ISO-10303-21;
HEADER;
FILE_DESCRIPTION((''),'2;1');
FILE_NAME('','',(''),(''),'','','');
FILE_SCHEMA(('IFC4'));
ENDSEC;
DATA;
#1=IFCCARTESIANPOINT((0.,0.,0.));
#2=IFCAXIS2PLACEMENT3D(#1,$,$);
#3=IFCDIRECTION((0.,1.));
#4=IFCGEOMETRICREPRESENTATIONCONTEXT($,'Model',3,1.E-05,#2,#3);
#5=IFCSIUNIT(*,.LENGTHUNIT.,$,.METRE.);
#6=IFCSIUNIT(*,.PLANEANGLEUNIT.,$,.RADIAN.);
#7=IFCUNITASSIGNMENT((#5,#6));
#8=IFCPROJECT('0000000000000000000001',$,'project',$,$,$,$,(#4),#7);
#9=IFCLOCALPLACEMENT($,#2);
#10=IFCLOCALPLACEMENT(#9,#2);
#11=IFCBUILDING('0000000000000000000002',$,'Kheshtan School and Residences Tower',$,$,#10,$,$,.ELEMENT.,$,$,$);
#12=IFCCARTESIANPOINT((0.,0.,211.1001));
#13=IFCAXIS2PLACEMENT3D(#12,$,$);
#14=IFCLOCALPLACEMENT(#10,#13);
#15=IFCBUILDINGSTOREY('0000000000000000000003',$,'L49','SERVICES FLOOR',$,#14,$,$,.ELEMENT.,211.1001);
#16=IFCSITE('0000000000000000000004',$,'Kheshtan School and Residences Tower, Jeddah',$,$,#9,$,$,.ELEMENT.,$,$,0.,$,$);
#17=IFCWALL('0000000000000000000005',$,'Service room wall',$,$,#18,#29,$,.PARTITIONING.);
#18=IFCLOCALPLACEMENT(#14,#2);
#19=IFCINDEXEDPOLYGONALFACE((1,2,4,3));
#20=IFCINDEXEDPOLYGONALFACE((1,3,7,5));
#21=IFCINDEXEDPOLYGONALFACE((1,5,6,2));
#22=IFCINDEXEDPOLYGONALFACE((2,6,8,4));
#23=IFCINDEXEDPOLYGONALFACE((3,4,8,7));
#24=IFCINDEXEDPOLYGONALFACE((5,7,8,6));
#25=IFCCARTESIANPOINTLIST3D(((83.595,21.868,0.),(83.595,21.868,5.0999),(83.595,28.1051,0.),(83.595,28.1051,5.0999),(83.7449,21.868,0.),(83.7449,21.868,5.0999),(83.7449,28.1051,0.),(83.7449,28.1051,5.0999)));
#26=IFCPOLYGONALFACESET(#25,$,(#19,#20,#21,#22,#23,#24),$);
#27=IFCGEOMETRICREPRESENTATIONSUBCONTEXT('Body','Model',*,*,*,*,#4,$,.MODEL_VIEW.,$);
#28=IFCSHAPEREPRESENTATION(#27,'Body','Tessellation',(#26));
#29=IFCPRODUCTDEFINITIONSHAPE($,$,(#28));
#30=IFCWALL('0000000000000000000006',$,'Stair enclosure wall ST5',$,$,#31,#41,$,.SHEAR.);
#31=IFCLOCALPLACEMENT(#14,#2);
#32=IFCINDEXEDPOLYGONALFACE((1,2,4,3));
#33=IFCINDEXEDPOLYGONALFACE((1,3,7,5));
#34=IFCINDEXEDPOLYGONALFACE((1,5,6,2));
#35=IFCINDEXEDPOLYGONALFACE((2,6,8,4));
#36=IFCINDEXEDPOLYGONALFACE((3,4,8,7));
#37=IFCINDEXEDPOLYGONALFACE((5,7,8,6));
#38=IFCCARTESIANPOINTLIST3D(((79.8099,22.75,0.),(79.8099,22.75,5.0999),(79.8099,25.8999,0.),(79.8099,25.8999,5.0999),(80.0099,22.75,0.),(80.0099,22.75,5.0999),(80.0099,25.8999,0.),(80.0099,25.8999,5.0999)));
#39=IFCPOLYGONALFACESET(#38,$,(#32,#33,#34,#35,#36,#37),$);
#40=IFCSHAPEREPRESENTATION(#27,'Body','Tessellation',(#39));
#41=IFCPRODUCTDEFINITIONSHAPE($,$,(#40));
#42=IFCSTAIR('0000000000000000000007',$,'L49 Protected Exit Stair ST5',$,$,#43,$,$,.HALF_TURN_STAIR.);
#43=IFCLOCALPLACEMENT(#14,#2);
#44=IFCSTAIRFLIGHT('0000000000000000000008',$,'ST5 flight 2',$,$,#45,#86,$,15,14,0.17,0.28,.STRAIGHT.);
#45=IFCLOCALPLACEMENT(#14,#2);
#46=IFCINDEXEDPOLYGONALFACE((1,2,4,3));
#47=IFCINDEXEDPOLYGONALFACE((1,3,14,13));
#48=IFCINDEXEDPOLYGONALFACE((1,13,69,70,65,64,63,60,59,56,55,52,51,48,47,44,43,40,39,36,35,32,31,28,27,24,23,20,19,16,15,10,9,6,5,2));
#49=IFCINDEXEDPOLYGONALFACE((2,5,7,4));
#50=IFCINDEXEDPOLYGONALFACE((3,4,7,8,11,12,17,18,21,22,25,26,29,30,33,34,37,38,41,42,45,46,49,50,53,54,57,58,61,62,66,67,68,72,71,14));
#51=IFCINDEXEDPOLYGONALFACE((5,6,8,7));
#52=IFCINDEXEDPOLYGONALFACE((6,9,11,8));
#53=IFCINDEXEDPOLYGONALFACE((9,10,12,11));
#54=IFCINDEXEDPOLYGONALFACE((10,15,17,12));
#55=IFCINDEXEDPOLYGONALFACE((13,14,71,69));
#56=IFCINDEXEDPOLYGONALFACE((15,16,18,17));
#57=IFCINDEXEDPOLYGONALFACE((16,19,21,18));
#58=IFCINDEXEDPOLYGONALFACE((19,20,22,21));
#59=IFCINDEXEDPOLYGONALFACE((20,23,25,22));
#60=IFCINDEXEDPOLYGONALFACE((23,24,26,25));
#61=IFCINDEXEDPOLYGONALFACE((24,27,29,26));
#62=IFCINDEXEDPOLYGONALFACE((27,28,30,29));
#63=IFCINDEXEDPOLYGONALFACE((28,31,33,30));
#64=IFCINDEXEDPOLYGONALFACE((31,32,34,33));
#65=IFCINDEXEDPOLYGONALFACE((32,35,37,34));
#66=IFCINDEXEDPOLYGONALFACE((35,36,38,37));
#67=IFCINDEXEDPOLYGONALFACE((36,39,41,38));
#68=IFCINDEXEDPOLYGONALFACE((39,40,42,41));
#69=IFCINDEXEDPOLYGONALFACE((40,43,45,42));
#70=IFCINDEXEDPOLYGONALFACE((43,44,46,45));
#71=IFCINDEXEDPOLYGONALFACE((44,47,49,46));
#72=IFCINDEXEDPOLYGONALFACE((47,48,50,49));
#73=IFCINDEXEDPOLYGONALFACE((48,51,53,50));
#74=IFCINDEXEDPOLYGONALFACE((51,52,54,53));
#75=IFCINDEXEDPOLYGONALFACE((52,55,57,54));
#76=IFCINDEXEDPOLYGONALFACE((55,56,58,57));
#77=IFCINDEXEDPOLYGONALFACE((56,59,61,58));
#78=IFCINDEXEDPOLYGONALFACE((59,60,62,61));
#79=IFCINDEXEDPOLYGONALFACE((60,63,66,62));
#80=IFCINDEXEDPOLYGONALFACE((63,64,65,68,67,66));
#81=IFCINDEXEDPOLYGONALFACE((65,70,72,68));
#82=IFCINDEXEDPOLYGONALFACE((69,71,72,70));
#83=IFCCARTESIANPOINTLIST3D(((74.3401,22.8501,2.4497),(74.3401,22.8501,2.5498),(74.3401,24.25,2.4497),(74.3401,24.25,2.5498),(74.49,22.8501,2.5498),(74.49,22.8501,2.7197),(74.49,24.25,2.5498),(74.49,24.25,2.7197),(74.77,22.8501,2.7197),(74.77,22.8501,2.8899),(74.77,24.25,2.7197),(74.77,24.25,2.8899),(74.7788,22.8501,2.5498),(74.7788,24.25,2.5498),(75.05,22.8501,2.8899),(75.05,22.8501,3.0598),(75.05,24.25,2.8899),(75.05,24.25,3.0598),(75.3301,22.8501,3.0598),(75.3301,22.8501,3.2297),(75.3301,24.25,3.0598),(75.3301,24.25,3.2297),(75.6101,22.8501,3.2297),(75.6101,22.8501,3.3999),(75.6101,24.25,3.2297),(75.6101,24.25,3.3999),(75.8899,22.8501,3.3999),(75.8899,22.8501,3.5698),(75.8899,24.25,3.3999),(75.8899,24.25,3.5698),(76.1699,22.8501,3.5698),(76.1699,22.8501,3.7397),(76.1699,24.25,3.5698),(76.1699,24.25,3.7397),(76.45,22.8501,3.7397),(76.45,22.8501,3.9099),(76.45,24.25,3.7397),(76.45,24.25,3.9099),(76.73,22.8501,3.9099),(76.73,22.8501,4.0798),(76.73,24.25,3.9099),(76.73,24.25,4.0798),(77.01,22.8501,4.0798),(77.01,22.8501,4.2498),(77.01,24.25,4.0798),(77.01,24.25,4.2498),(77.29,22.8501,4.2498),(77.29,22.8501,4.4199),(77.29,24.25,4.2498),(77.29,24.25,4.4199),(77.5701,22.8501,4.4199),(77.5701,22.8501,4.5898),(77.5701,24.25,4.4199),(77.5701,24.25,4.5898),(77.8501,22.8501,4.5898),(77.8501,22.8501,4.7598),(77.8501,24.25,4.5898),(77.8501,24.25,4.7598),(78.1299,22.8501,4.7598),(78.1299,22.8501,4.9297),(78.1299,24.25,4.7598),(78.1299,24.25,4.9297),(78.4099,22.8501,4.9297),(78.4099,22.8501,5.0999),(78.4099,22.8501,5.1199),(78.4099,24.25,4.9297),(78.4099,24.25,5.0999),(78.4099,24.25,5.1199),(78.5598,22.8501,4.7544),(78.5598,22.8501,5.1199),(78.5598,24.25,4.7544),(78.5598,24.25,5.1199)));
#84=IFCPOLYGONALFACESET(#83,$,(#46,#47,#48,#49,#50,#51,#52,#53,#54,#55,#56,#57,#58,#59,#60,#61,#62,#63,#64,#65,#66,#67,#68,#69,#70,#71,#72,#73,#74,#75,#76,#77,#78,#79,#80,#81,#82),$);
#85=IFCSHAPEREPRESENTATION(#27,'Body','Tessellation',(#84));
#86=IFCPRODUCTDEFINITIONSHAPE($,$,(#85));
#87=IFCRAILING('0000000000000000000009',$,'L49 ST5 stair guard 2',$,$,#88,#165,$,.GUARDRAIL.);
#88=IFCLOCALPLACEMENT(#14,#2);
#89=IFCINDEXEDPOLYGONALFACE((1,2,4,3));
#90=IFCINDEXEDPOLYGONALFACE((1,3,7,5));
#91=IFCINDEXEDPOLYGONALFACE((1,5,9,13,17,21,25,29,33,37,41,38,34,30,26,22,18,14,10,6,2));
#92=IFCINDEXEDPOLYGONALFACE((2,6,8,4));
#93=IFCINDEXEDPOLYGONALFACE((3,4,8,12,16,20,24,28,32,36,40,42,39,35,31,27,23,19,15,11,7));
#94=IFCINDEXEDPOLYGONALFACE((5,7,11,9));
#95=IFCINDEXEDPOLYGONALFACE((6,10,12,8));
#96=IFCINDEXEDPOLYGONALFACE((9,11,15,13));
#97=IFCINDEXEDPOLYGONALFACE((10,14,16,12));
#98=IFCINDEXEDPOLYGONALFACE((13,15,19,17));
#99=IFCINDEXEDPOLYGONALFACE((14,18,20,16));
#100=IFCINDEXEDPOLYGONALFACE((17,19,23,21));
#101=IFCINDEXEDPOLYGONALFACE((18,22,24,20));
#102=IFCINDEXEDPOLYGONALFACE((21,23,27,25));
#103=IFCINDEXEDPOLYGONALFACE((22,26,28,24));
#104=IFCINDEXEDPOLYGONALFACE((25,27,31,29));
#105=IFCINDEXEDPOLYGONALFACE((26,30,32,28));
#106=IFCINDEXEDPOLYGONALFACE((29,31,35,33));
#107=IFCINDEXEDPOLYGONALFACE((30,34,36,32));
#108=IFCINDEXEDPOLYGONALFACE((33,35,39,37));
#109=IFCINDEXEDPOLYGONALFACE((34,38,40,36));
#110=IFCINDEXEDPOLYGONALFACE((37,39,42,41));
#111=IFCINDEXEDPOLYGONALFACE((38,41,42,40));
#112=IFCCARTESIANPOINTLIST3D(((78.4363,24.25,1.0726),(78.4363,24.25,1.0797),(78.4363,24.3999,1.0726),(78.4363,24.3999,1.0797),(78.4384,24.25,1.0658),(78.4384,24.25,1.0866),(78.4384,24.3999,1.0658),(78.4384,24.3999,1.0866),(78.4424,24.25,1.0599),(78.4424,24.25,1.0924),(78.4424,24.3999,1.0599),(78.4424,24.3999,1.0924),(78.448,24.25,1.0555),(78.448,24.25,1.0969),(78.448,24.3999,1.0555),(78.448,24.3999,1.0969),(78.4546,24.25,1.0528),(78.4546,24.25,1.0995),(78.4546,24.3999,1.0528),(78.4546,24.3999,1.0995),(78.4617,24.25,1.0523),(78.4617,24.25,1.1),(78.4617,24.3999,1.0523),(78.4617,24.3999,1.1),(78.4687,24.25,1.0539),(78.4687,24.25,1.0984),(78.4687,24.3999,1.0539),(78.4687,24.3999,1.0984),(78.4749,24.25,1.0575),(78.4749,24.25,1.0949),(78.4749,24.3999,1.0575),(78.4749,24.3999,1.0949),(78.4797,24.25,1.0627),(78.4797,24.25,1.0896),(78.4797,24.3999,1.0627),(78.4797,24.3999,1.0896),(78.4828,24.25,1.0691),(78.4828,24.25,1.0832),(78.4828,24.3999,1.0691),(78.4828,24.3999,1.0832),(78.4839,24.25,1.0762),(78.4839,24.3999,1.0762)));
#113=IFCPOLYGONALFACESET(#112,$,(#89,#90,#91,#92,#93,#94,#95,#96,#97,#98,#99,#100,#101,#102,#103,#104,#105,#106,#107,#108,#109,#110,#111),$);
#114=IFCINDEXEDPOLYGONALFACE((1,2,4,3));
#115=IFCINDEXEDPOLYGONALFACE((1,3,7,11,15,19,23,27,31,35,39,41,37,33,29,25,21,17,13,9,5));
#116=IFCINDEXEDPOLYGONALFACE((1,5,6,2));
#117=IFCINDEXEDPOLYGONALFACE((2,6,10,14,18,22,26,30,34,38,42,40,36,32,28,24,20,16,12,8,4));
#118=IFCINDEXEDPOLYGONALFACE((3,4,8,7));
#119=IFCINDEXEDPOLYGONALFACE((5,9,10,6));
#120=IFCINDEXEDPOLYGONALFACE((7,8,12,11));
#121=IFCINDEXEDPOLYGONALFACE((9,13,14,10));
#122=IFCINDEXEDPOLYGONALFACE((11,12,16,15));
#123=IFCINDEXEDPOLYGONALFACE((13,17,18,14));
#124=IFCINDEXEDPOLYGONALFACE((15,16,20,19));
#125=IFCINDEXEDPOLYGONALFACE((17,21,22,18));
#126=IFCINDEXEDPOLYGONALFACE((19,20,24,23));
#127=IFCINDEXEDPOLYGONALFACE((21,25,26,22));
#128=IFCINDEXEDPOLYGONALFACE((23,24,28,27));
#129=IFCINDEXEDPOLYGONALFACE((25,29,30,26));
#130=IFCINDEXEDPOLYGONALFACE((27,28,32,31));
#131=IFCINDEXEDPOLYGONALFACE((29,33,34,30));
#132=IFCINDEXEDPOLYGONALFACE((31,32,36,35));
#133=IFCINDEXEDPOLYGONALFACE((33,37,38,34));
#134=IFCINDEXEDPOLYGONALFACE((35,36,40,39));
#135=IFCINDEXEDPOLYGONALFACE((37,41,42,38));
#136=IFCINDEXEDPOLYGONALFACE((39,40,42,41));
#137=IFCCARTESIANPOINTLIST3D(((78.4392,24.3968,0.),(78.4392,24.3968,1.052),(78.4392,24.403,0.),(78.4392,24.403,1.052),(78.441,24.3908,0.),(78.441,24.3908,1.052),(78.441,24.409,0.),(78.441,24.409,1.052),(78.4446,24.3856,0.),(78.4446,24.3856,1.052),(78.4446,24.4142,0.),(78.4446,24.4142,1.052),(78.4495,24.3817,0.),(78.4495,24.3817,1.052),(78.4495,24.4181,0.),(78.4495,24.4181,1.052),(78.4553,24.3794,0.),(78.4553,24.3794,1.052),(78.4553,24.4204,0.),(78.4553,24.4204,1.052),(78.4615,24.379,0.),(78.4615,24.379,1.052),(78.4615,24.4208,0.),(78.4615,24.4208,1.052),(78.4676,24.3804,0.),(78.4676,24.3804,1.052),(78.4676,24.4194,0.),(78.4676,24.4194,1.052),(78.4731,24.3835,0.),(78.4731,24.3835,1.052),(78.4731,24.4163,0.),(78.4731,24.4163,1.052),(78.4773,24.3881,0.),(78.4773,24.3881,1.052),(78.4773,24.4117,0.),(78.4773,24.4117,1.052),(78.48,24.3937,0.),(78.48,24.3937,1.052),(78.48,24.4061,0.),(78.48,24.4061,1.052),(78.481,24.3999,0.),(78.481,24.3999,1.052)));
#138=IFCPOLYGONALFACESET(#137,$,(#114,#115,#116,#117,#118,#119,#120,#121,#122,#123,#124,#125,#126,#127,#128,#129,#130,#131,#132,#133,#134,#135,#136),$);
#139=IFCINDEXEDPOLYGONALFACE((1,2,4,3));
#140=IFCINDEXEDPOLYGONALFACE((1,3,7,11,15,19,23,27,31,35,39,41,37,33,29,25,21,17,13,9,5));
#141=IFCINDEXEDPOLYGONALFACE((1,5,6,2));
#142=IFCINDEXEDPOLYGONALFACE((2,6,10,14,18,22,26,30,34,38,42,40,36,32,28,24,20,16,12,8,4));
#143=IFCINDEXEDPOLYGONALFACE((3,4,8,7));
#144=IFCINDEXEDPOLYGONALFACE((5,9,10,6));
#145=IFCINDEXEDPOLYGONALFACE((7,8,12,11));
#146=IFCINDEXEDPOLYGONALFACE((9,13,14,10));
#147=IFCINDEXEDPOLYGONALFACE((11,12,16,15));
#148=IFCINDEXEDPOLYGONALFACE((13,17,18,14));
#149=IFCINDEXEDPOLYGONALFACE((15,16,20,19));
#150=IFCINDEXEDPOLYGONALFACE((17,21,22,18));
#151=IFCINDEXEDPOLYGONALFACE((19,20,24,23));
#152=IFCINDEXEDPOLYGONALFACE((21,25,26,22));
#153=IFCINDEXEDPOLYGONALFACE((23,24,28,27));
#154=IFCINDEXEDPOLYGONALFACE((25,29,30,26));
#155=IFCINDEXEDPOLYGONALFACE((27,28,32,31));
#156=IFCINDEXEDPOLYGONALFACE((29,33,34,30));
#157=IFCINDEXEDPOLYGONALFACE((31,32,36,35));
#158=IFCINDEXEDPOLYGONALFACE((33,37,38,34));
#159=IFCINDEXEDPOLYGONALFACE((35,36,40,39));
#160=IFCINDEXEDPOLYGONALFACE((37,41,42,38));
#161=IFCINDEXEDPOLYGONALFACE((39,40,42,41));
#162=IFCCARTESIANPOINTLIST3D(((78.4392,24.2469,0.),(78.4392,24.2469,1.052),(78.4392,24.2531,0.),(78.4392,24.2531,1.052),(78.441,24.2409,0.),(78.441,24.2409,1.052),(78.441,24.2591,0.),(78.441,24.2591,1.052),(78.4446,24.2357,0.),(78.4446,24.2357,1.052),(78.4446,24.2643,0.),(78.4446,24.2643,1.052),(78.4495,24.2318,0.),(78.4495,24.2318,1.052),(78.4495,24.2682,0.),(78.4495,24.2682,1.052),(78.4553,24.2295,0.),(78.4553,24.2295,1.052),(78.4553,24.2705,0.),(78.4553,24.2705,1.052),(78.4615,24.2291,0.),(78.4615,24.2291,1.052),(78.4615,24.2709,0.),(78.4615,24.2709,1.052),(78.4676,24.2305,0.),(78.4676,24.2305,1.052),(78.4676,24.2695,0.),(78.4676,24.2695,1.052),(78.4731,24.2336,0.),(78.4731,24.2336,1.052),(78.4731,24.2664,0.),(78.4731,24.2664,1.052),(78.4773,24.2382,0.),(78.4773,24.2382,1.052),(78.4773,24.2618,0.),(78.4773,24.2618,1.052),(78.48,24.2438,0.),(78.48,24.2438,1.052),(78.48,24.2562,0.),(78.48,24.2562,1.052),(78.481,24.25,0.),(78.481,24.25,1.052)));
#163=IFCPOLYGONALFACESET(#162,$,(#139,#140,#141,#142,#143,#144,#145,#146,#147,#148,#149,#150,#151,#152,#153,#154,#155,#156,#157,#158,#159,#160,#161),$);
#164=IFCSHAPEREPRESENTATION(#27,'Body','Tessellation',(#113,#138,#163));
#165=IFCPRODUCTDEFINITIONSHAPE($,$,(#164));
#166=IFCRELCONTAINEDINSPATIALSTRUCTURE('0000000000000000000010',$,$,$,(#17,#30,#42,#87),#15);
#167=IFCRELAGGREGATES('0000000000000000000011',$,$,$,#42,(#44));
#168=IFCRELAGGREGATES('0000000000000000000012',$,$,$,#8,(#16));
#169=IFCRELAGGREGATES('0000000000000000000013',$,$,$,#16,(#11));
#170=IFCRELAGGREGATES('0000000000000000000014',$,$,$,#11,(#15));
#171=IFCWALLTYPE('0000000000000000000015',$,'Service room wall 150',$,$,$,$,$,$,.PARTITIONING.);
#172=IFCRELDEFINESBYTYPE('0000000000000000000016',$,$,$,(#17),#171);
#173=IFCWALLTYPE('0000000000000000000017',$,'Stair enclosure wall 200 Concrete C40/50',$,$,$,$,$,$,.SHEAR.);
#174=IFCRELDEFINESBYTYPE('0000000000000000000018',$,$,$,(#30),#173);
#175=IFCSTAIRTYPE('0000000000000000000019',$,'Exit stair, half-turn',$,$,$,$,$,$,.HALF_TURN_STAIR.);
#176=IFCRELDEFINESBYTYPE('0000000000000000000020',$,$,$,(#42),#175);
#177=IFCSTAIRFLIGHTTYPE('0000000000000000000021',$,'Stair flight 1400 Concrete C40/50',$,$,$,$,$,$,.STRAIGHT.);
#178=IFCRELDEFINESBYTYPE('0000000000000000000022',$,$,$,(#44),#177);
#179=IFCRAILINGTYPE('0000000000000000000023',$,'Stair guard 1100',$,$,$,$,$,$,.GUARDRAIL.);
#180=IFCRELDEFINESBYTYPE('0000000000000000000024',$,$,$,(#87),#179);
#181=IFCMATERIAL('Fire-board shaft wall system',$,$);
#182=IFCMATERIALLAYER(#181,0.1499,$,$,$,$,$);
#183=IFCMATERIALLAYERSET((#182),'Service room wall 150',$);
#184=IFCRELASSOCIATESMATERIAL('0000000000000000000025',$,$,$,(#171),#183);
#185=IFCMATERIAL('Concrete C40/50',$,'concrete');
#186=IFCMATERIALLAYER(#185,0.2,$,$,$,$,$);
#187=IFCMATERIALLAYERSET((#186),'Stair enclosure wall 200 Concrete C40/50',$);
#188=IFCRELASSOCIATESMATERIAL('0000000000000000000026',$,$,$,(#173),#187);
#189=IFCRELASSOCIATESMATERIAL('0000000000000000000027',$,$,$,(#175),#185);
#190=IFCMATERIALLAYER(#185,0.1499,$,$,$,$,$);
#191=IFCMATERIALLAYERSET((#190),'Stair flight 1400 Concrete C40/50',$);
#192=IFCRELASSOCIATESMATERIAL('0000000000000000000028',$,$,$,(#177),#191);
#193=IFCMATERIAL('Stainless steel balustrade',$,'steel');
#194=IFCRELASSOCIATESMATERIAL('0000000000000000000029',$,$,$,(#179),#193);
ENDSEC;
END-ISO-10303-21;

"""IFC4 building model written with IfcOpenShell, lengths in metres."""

from ifc_helpers import new_model, si_unit, direction, frame, frame_2d, origin, origin_2d, place, context, subcontext, project, spatial, polyline, rectangle, circle, outline, extrude, material, layer, layer_set, type_object, element, aggregate, save


model = new_model("IFC4")

# Units and contexts
model_context = context("Model", 3, precision=1e-05, world=origin(), true_north=direction((0.0, 1.0)))
body_context = subcontext(model_context, "Body", "Model", "MODEL_VIEW")
ifc_project = project(units=[si_unit("LENGTHUNIT", "METRE"), si_unit("PLANEANGLEUNIT", "RADIAN")], contexts=[model_context])

# Site, building, storey
site_placement = place(None, origin())
site = spatial("IfcSite", under=ifc_project, at=site_placement, Name="Kheshtan School and Residences Tower, Jeddah", CompositionType="ELEMENT", RefElevation=0.0)
building_placement = place(site_placement, origin())
building = spatial("IfcBuilding", under=site, at=building_placement, Name="Kheshtan School and Residences Tower", CompositionType="ELEMENT")
storey_placement = place(building_placement, frame((0.0, 0.0, 211.1001)))
storey = spatial("IfcBuildingStorey", under=building, at=storey_placement, Name="L49", Description="SERVICES FLOOR", CompositionType="ELEMENT", Elevation=211.1001)

# Walls
ifc_material_1 = material(Name="Fire-board shaft wall system")
ifc_layer_1 = layer(ifc_material_1, 0.1499)
ifc_layer_set_1 = layer_set([ifc_layer_1], Name="Service room wall 150")
wall_type_1 = type_object("IfcWallType", Name="Service room wall 150", PredefinedType="PARTITIONING", material=ifc_layer_set_1)
wall_1_placement = place(storey_placement, frame((83.6699, 21.8679, 0.0), z_axis=(0.0, 0.0, 1.0), x_axis=(0.0, 1.0, 0.0)))
element("IfcWall", 1, at=wall_1_placement, inside=storey, type_object=wall_type_1, Name="Service room wall", PredefinedType="PARTITIONING", context=body_context, shape_type="SweptSolid", body=[
    extrude(rectangle(XDim=6.2371, YDim=0.1499, at=frame_2d((3.1187, 0.0))), origin(), (0.0, 0.0, 1.0), 5.0999),
])
ifc_material_2 = material(Name="Concrete C40/50", Category="concrete")
ifc_layer_2 = layer(ifc_material_2, 0.2)
ifc_layer_set_2 = layer_set([ifc_layer_2], Name="Stair enclosure wall 200 Concrete C40/50")
wall_type_2 = type_object("IfcWallType", Name="Stair enclosure wall 200 Concrete C40/50", PredefinedType="SHEAR", material=ifc_layer_set_2)
wall_2_placement = place(storey_placement, frame((79.9099, 22.75, 0.0), z_axis=(0.0, 0.0, 1.0), x_axis=(0.0, 1.0, 0.0)))
element("IfcWall", 2, at=wall_2_placement, inside=storey, type_object=wall_type_2, Name="Stair enclosure wall ST5", PredefinedType="SHEAR", context=body_context, shape_type="SweptSolid", body=[
    extrude(rectangle(XDim=3.1499, YDim=0.2, at=frame_2d((1.575, 0.0))), origin(), (0.0, 0.0, 1.0), 5.0999),
])

# Stair, stair flight
stair_type = type_object("IfcStairType", Name="Exit stair, half-turn", PredefinedType="HALF_TURN_STAIR", material=ifc_material_2)
stair_placement = place(storey_placement, origin())
stair = element("IfcStair", 3, at=stair_placement, inside=storey, type_object=stair_type, Name="L49 Protected Exit Stair ST5", PredefinedType="HALF_TURN_STAIR")
ifc_layer_3 = layer(ifc_material_2, 0.1499)
ifc_layer_set_3 = layer_set([ifc_layer_3], Name="Stair flight 1400 Concrete C40/50")
stair_flight_type = type_object("IfcStairFlightType", Name="Stair flight 1400 Concrete C40/50", PredefinedType="STRAIGHT", material=ifc_layer_set_3)
stair_flight_placement = place(storey_placement, frame((74.49, 23.55, 2.5498), z_axis=(0.0, 0.0, 1.0), x_axis=(1.0, 0.0, 0.0)))
stair_flight = element("IfcStairFlight", 4, at=stair_flight_placement, type_object=stair_flight_type, Name="ST5 flight 2", NumberOfRisers=15, NumberOfTreads=14, PredefinedType="STRAIGHT", RiserHeight=0.17, TreadLength=0.28, context=body_context, shape_type="SweptSolid", body=[
    extrude(outline(polyline([(-0.1499, -0.1001), (-0.1499, 0.0), (0.0, 0.0), (0.0, 0.1699), (0.28, 0.1699), (0.28, 0.3401), (0.5601, 0.3401), (0.5601, 0.51), (0.8401, 0.51), (0.8401, 0.6799), (1.1201, 0.6799), (1.1201, 0.8501), (1.3999, 0.8501), (1.3999, 1.02), (1.6799, 1.02), (1.6799, 1.1899), (1.96, 1.1899), (1.96, 1.3601), (2.24, 1.3601), (2.24, 1.53), (2.52, 1.53), (2.52, 1.7), (2.8, 1.7), (2.8, 1.8701), (3.0801, 1.8701), (3.0801, 2.04), (3.3601, 2.04), (3.3601, 2.21), (3.6399, 2.21), (3.6399, 2.3799), (3.9199, 2.3799), (3.9199, 2.55), (3.9199, 2.5701), (4.0698, 2.5701), (4.0698, 2.2046), (0.2888, 0.0), (-0.1499, -0.1001)])), frame((0.0, 0.7, 0.0), z_axis=(0.0, -1.0, 0.0), x_axis=(1.0, 0.0, 0.0)), (0.0, 0.0, 1.0), 1.3999),
])
aggregate(stair, [stair_flight])

# Railing
ifc_material_3 = material(Name="Stainless steel balustrade", Category="steel")
railing_type_1 = type_object("IfcRailingType", Name="Stair guard 1100", PredefinedType="GUARDRAIL", material=ifc_material_3)
railing_1_placement = place(storey_placement, frame((78.46, 24.3999, 0.0)))
element("IfcRailing", 5, at=railing_1_placement, inside=storey, type_object=railing_type_1, Name="L49 ST5 stair guard 2", PredefinedType="GUARDRAIL", context=body_context, shape_type="SweptSolid", body=[
    extrude(circle(Radius=0.0239, at=origin_2d()), frame((0.0, 0.0, 1.0762), z_axis=(0.0, -1.0, 0.0), x_axis=(1.0, 0.0, 0.0)), (0.0, 0.0, 1.0), 0.1499),
    extrude(circle(Radius=0.021, at=origin_2d()), origin(), (0.0, 0.0, 1.0), 1.052),
    extrude(circle(Radius=0.021, at=origin_2d()), frame((0.0, -0.1499, 0.0)), (0.0, 0.0, 1.0), 1.052),
])

save(model, "model.ifc")
